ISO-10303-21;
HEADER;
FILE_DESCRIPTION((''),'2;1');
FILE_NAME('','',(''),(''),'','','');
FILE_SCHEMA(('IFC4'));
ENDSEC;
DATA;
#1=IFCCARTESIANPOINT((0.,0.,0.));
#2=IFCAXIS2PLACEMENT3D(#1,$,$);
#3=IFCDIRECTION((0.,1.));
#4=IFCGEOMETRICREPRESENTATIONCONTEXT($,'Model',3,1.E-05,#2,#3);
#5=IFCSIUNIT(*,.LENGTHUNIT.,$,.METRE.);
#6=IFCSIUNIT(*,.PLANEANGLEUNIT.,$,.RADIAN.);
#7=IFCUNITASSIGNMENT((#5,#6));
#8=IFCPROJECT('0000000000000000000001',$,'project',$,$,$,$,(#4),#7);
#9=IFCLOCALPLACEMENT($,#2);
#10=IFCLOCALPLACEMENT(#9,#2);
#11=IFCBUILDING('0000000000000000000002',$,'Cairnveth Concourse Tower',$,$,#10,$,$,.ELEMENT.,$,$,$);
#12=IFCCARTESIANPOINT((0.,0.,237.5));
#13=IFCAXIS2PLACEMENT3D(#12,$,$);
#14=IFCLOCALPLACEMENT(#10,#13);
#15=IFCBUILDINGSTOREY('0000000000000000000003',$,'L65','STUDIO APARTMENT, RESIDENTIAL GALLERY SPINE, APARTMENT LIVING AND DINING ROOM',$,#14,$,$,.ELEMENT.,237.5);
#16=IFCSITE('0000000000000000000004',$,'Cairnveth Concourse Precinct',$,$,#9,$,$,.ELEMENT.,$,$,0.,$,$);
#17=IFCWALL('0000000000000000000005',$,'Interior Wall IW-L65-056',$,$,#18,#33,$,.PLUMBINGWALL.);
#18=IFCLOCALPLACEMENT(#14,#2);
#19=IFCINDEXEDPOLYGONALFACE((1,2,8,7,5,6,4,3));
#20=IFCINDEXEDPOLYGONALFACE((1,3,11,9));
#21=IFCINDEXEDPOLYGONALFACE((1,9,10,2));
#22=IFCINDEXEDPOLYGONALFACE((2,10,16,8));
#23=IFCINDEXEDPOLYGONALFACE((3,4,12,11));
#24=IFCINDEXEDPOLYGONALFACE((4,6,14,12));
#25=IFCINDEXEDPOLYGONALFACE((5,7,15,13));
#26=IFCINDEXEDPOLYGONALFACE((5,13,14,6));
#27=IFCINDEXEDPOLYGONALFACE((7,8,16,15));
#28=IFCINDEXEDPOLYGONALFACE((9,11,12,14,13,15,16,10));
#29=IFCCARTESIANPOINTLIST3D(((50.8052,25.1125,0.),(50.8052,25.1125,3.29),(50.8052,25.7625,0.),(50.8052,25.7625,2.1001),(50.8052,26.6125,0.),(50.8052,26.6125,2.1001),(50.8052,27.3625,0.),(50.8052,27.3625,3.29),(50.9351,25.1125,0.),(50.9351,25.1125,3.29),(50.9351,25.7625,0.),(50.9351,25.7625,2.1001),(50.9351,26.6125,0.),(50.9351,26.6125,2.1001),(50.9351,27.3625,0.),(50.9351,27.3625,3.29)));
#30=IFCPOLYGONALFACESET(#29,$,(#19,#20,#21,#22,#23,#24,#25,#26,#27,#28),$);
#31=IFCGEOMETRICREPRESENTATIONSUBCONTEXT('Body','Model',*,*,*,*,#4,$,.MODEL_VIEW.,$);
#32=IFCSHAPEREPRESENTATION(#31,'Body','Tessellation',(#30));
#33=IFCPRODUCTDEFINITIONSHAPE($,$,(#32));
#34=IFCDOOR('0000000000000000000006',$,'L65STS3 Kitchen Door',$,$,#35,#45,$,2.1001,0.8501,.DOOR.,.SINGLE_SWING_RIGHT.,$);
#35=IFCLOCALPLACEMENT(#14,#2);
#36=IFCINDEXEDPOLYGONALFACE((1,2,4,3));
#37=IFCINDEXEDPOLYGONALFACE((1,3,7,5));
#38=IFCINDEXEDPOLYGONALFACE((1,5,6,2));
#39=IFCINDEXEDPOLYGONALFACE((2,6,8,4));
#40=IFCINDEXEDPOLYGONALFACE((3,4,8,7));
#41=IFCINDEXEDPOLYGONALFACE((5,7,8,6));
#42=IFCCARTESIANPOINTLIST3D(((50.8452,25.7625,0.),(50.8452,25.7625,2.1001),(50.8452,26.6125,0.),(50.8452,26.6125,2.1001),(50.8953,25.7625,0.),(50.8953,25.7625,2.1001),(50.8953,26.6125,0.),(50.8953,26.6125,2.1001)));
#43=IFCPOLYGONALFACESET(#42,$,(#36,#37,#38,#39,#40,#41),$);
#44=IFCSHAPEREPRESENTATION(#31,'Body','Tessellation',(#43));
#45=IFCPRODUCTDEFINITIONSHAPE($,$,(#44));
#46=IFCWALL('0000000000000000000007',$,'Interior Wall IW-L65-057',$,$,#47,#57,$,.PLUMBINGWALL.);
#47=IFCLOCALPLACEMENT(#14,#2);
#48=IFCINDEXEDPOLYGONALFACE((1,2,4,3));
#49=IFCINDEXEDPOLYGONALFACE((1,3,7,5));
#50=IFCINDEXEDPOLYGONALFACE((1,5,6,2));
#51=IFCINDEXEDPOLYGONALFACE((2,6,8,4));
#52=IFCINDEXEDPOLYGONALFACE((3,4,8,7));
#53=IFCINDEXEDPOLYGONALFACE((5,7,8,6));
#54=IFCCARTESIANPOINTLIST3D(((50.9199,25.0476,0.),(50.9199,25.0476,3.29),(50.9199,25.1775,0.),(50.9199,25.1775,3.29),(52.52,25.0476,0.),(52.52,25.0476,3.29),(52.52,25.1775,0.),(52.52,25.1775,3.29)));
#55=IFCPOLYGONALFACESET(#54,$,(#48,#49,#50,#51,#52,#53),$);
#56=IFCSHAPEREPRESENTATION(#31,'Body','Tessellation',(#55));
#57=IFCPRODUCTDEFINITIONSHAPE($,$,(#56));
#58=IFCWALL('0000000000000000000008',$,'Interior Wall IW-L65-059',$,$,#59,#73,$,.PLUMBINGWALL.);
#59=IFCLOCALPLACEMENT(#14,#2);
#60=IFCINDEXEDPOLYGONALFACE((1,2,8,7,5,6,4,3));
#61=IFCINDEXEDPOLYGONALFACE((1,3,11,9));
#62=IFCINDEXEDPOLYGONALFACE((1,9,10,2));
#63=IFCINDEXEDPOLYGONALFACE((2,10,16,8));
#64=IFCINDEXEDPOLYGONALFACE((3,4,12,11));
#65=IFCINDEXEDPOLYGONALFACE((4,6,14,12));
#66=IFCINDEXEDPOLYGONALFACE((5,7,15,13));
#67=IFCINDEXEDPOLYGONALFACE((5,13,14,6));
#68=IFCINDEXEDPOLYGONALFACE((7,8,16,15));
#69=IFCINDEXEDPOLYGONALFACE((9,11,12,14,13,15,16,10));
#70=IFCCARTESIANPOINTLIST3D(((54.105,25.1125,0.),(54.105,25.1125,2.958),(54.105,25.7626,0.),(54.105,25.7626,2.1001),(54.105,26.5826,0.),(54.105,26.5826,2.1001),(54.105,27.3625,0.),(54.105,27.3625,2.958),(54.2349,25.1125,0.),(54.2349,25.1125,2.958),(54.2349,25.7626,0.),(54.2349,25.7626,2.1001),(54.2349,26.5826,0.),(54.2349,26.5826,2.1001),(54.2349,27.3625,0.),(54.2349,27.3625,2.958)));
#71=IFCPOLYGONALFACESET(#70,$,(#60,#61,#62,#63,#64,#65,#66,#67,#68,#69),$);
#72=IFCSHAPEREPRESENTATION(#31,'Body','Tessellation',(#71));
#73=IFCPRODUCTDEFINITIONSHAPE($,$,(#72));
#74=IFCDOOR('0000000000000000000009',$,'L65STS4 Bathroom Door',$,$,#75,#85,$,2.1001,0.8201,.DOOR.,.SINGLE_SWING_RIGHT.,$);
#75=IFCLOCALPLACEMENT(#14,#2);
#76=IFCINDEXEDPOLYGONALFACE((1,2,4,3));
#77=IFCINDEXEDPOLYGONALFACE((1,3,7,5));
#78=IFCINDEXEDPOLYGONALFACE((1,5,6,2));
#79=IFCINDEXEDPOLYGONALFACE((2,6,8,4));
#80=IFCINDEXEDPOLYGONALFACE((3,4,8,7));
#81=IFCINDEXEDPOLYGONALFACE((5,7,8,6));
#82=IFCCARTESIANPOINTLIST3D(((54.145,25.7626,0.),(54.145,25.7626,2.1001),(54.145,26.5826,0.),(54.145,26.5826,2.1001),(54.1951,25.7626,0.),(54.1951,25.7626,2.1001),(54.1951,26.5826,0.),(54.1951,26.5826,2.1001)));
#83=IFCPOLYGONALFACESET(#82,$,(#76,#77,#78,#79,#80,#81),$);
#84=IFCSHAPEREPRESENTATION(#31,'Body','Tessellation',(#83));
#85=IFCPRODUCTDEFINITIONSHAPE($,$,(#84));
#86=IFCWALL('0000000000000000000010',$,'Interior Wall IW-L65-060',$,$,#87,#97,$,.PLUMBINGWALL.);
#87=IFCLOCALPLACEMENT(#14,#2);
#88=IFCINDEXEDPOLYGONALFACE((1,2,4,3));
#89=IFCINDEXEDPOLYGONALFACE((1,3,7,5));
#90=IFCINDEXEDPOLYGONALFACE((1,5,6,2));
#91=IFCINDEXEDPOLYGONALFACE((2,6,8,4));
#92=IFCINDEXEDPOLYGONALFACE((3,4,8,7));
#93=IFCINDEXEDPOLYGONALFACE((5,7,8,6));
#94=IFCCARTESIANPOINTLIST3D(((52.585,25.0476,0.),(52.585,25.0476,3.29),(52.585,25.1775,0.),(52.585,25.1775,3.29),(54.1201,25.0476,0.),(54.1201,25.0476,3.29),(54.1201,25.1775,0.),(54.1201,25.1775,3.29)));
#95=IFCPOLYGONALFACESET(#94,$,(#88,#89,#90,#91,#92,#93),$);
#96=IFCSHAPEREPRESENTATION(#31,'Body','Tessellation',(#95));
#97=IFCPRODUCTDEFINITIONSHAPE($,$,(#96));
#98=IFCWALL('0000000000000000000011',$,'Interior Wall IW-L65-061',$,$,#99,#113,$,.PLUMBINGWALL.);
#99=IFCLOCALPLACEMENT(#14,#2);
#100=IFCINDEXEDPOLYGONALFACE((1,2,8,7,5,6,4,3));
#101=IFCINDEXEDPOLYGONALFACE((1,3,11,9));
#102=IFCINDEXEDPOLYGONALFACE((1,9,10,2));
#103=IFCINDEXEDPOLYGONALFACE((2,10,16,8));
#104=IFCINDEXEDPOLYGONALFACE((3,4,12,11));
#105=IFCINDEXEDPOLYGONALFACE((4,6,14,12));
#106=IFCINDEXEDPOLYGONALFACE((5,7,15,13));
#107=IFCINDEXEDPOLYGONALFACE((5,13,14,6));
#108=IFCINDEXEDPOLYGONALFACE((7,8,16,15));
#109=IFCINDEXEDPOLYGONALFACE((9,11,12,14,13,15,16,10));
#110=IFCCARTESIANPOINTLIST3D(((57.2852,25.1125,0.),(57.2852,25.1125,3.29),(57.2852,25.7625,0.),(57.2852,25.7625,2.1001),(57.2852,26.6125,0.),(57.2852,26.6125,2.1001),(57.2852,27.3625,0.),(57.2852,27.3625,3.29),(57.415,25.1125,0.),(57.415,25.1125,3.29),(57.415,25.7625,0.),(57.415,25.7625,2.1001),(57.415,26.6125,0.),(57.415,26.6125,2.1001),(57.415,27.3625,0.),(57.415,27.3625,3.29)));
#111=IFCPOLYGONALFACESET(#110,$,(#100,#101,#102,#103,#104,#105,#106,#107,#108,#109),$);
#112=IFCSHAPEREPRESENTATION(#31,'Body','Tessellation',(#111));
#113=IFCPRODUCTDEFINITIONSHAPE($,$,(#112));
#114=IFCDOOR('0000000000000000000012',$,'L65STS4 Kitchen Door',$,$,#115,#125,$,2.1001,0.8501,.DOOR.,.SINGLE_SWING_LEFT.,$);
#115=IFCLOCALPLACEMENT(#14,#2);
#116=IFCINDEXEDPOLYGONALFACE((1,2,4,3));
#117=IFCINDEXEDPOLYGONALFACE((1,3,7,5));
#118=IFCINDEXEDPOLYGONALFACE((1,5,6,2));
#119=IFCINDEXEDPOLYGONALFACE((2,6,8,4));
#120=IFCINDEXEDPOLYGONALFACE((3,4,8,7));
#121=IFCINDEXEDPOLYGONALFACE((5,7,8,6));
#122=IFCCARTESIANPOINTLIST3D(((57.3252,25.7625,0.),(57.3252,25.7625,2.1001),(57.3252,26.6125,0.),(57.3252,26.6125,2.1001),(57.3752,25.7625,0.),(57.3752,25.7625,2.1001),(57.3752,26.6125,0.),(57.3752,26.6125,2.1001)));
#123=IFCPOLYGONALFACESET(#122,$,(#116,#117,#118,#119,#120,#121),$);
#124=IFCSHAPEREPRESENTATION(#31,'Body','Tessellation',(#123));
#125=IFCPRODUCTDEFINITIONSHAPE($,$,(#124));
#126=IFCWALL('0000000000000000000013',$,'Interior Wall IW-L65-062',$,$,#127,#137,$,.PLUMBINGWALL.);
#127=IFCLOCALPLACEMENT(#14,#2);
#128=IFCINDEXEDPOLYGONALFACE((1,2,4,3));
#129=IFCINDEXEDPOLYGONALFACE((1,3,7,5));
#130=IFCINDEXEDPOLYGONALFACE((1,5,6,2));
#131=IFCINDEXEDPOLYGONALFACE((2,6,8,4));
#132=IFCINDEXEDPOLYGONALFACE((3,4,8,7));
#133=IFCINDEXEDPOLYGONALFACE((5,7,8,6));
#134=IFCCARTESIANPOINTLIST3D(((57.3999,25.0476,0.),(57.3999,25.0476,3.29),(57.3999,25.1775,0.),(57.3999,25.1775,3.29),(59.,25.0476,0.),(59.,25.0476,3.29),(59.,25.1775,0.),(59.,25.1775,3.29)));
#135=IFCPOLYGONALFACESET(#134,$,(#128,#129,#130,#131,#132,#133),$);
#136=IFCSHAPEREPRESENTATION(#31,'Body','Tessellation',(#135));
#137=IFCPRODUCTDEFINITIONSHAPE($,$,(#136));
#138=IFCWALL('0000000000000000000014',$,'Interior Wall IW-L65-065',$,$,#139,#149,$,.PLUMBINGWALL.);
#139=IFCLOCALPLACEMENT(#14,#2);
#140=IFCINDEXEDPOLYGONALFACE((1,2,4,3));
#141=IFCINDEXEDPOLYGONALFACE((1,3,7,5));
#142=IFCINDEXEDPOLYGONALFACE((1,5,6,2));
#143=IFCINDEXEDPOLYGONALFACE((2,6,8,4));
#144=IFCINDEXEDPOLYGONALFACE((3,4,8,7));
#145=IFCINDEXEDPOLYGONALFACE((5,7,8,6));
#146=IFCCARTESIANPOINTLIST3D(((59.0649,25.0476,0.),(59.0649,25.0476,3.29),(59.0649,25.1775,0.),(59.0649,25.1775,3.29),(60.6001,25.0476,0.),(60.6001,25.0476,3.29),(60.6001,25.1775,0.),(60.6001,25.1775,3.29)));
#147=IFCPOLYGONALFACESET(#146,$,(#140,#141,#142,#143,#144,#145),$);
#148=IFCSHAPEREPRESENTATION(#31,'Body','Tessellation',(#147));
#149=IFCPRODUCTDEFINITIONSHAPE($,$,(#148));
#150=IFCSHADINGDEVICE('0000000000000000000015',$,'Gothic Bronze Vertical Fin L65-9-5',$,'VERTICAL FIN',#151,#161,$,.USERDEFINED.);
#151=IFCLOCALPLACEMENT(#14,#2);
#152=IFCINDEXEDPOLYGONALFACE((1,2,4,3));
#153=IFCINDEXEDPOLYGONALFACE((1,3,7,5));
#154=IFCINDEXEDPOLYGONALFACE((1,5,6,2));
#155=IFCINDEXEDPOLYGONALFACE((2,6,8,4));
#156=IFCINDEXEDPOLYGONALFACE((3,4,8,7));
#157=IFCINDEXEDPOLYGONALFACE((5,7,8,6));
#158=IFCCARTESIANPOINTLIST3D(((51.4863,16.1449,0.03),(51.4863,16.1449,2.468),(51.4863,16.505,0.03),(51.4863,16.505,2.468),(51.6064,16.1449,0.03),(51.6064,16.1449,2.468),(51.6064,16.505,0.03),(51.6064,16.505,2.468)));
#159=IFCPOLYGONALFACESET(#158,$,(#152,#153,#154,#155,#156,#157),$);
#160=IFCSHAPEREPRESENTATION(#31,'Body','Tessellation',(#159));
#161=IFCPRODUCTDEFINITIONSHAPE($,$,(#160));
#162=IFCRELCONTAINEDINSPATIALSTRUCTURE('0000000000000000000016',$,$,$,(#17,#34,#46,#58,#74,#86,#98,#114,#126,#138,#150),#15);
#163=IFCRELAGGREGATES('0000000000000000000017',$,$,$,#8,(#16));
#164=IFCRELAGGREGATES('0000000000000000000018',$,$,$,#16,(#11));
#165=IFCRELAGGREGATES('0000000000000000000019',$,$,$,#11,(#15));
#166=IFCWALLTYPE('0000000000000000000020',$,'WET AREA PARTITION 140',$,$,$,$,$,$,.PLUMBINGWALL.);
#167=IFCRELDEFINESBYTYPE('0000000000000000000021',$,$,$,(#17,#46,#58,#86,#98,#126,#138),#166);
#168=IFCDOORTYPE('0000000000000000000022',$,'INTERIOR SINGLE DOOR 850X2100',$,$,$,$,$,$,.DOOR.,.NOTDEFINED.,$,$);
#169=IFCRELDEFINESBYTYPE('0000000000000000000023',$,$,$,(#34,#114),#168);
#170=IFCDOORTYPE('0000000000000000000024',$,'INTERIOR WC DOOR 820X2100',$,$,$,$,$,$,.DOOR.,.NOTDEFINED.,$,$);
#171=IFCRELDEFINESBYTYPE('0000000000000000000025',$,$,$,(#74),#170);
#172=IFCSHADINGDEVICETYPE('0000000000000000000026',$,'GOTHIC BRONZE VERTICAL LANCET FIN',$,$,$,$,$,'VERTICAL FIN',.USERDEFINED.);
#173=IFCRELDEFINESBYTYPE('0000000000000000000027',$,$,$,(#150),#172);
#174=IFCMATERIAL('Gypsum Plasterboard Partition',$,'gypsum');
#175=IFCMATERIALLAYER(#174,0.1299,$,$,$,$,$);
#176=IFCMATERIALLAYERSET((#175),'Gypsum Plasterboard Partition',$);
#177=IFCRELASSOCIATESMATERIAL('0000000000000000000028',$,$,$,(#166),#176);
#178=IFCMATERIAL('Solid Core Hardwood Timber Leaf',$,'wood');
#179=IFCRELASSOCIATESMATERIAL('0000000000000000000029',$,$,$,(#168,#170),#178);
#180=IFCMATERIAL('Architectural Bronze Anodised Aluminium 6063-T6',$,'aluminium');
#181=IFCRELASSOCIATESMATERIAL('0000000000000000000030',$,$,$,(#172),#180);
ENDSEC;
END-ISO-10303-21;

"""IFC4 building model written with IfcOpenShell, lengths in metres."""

from ifc_helpers import new_model, si_unit, direction, frame, frame_2d, origin, origin_2d, place, context, subcontext, project, spatial, rectangle, extrude, material, layer, layer_set, type_object, element, fill, save


model = new_model("IFC4")

# Units and contexts
model_context = context("Model", 3, precision=1e-05, world=origin(), true_north=direction((0.0, 1.0)))
body_context = subcontext(model_context, "Body", "Model", "MODEL_VIEW")
ifc_project = project(units=[si_unit("LENGTHUNIT", "METRE"), si_unit("PLANEANGLEUNIT", "RADIAN")], contexts=[model_context])

# Site, building, storey
site_placement = place(None, origin())
site = spatial("IfcSite", under=ifc_project, at=site_placement, Name="Cairnveth Concourse Precinct", CompositionType="ELEMENT", RefElevation=0.0)
building_placement = place(site_placement, origin())
building = spatial("IfcBuilding", under=site, at=building_placement, Name="Cairnveth Concourse Tower", CompositionType="ELEMENT")
storey_placement = place(building_placement, frame((0.0, 0.0, 237.5)))
storey = spatial("IfcBuildingStorey", under=building, at=storey_placement, Name="L65", Description="STUDIO APARTMENT, RESIDENTIAL GALLERY SPINE, APARTMENT LIVING AND DINING ROOM", CompositionType="ELEMENT", Elevation=237.5)

# Shared definitions
ifc_material_1 = material(Name="Gypsum Plasterboard Partition", Category="gypsum")

# Wall, opening, door
ifc_layer_1 = layer(ifc_material_1, 0.1299)
ifc_layer_set_1 = layer_set([ifc_layer_1], Name="Gypsum Plasterboard Partition")
wall_type_1 = type_object("IfcWallType", Name="WET AREA PARTITION 140", PredefinedType="PLUMBINGWALL", material=ifc_layer_set_1)
wall_1_placement = place(storey_placement, frame((50.8701, 25.1125, 0.0), z_axis=(0.0, 0.0, 1.0), x_axis=(0.0, 1.0, 0.0)))
wall_1 = element("IfcWall", 1, at=wall_1_placement, inside=storey, type_object=wall_type_1, Name="Interior Wall IW-L65-056", PredefinedType="PLUMBINGWALL", context=body_context, shape_type="SweptSolid", body=[
    extrude(rectangle(XDim=2.25, YDim=0.1299, at=frame_2d((1.125, 0.0))), origin(), (0.0, 0.0, 1.0), 3.29),
])
opening_1_placement = place(wall_1_placement, frame((0.6499, 0.0, 0.0)))
opening_1 = element("IfcOpeningElement", 2, at=opening_1_placement, cuts=wall_1, PredefinedType="OPENING", context=body_context, shape_type="SweptSolid", body=[
    extrude(rectangle(XDim=0.8501, YDim=2.1001, at=frame_2d((0.425, 1.05))), frame((0.0, 0.075, 0.0), z_axis=(0.0, -1.0, 0.0), x_axis=(1.0, 0.0, 0.0)), (0.0, 0.0, 1.0), 0.1499),
])
ifc_material_2 = material(Name="Solid Core Hardwood Timber Leaf", Category="wood")
door_type_1 = type_object("IfcDoorType", Name="INTERIOR SINGLE DOOR 850X2100", OperationType="NOTDEFINED", PredefinedType="DOOR", material=ifc_material_2)
door_1_placement = place(opening_1_placement, origin())
door_1 = element("IfcDoor", 3, at=door_1_placement, inside=storey, type_object=door_type_1, Name="L65STS3 Kitchen Door", OperationType="SINGLE_SWING_RIGHT", OverallHeight=2.1001, OverallWidth=0.8501, PredefinedType="DOOR", context=body_context, shape_type="SweptSolid", body=[
    extrude(rectangle(XDim=0.8501, YDim=2.1001, at=frame_2d((0.425, 1.05))), frame((0.0, 0.0249, 0.0), z_axis=(0.0, -1.0, 0.0), x_axis=(1.0, 0.0, 0.0)), (0.0, 0.0, 1.0), 0.05),
])
fill(opening_1, door_1)

# Wall
wall_2_placement = place(storey_placement, frame((50.9199, 25.1125, 0.0), z_axis=(0.0, 0.0, 1.0), x_axis=(1.0, 0.0, 0.0)))
element("IfcWall", 4, at=wall_2_placement, inside=storey, type_object=wall_type_1, Name="Interior Wall IW-L65-057", PredefinedType="PLUMBINGWALL", context=body_context, shape_type="SweptSolid", body=[
    extrude(rectangle(XDim=1.6001, YDim=0.1299, at=frame_2d((0.8, 0.0))), origin(), (0.0, 0.0, 1.0), 3.29),
])

# Wall, opening, door
wall_3_placement = place(storey_placement, frame((54.1699, 25.1125, 0.0), z_axis=(0.0, 0.0, 1.0), x_axis=(0.0, 1.0, 0.0)))
wall_3 = element("IfcWall", 5, at=wall_3_placement, inside=storey, type_object=wall_type_1, Name="Interior Wall IW-L65-059", PredefinedType="PLUMBINGWALL", context=body_context, shape_type="SweptSolid", body=[
    extrude(rectangle(XDim=2.25, YDim=0.1299, at=frame_2d((1.125, 0.0))), origin(), (0.0, 0.0, 1.0), 2.958),
])
opening_2_placement = place(wall_3_placement, frame((0.6499, 0.0, 0.0)))
opening_2 = element("IfcOpeningElement", 6, at=opening_2_placement, cuts=wall_3, PredefinedType="OPENING", context=body_context, shape_type="SweptSolid", body=[
    extrude(rectangle(XDim=0.8201, YDim=2.1001, at=frame_2d((0.4102, 1.05))), frame((0.0, 0.075, 0.0), z_axis=(0.0, -1.0, 0.0), x_axis=(1.0, 0.0, 0.0)), (0.0, 0.0, 1.0), 0.1499),
])
door_type_2 = type_object("IfcDoorType", Name="INTERIOR WC DOOR 820X2100", OperationType="NOTDEFINED", PredefinedType="DOOR", material=ifc_material_2)
door_2_placement = place(opening_2_placement, origin())
door_2 = element("IfcDoor", 7, at=door_2_placement, inside=storey, type_object=door_type_2, Name="L65STS4 Bathroom Door", OperationType="SINGLE_SWING_RIGHT", OverallHeight=2.1001, OverallWidth=0.8201, PredefinedType="DOOR", context=body_context, shape_type="SweptSolid", body=[
    extrude(rectangle(XDim=0.8201, YDim=2.1001, at=frame_2d((0.4102, 1.05))), frame((0.0, 0.0249, 0.0), z_axis=(0.0, -1.0, 0.0), x_axis=(1.0, 0.0, 0.0)), (0.0, 0.0, 1.0), 0.05),
])
fill(opening_2, door_2)

# Wall
wall_4_placement = place(storey_placement, frame((52.585, 25.1125, 0.0), z_axis=(0.0, 0.0, 1.0), x_axis=(1.0, 0.0, 0.0)))
element("IfcWall", 8, at=wall_4_placement, inside=storey, type_object=wall_type_1, Name="Interior Wall IW-L65-060", PredefinedType="PLUMBINGWALL", context=body_context, shape_type="SweptSolid", body=[
    extrude(rectangle(XDim=1.5352, YDim=0.1299, at=frame_2d((0.7676, 0.0))), origin(), (0.0, 0.0, 1.0), 3.29),
])

# Wall, opening, door
wall_5_placement = place(storey_placement, frame((57.3501, 25.1125, 0.0), z_axis=(0.0, 0.0, 1.0), x_axis=(0.0, 1.0, 0.0)))
wall_5 = element("IfcWall", 9, at=wall_5_placement, inside=storey, type_object=wall_type_1, Name="Interior Wall IW-L65-061", PredefinedType="PLUMBINGWALL", context=body_context, shape_type="SweptSolid", body=[
    extrude(rectangle(XDim=2.25, YDim=0.1299, at=frame_2d((1.125, 0.0))), origin(), (0.0, 0.0, 1.0), 3.29),
])
opening_3_placement = place(wall_5_placement, frame((0.6499, 0.0, 0.0)))
opening_3 = element("IfcOpeningElement", 10, at=opening_3_placement, cuts=wall_5, PredefinedType="OPENING", context=body_context, shape_type="SweptSolid", body=[
    extrude(rectangle(XDim=0.8501, YDim=2.1001, at=frame_2d((0.425, 1.05))), frame((0.0, 0.075, 0.0), z_axis=(0.0, -1.0, 0.0), x_axis=(1.0, 0.0, 0.0)), (0.0, 0.0, 1.0), 0.1499),
])
door_3_placement = place(opening_3_placement, origin())
door_3 = element("IfcDoor", 11, at=door_3_placement, inside=storey, type_object=door_type_1, Name="L65STS4 Kitchen Door", OperationType="SINGLE_SWING_LEFT", OverallHeight=2.1001, OverallWidth=0.8501, PredefinedType="DOOR", context=body_context, shape_type="SweptSolid", body=[
    extrude(rectangle(XDim=0.8501, YDim=2.1001, at=frame_2d((0.425, 1.05))), frame((0.0, 0.0249, 0.0), z_axis=(0.0, -1.0, 0.0), x_axis=(1.0, 0.0, 0.0)), (0.0, 0.0, 1.0), 0.05),
])
fill(opening_3, door_3)

# Walls
wall_6_placement = place(storey_placement, frame((57.3999, 25.1125, 0.0), z_axis=(0.0, 0.0, 1.0), x_axis=(1.0, 0.0, 0.0)))
element("IfcWall", 12, at=wall_6_placement, inside=storey, type_object=wall_type_1, Name="Interior Wall IW-L65-062", PredefinedType="PLUMBINGWALL", context=body_context, shape_type="SweptSolid", body=[
    extrude(rectangle(XDim=1.6001, YDim=0.1299, at=frame_2d((0.8, 0.0))), origin(), (0.0, 0.0, 1.0), 3.29),
])
wall_7_placement = place(storey_placement, frame((59.0649, 25.1125, 0.0), z_axis=(0.0, 0.0, 1.0), x_axis=(1.0, 0.0, 0.0)))
element("IfcWall", 13, at=wall_7_placement, inside=storey, type_object=wall_type_1, Name="Interior Wall IW-L65-065", PredefinedType="PLUMBINGWALL", context=body_context, shape_type="SweptSolid", body=[
    extrude(rectangle(XDim=1.5352, YDim=0.1299, at=frame_2d((0.7676, 0.0))), origin(), (0.0, 0.0, 1.0), 3.29),
])

# Shading device
ifc_material_3 = material(Name="Architectural Bronze Anodised Aluminium 6063-T6", Category="aluminium")
shading_device_type = type_object("IfcShadingDeviceType", Name="GOTHIC BRONZE VERTICAL LANCET FIN", ElementType="VERTICAL FIN", PredefinedType="USERDEFINED", material=ifc_material_3)
shading_device_placement = place(storey_placement, frame((51.5464, 16.325, 0.03), z_axis=(0.0, 0.0, 1.0), x_axis=(1.0, 0.0, 0.0)))
element("IfcShadingDevice", 14, at=shading_device_placement, inside=storey, type_object=shading_device_type, Name="Gothic Bronze Vertical Fin L65-9-5", ObjectType="VERTICAL FIN", PredefinedType="USERDEFINED", context=body_context, shape_type="SweptSolid", body=[
    extrude(rectangle(XDim=0.1201, YDim=0.3601, at=origin_2d()), origin(), (0.0, 0.0, 1.0), 2.438),
])

save(model, "model.ifc")
